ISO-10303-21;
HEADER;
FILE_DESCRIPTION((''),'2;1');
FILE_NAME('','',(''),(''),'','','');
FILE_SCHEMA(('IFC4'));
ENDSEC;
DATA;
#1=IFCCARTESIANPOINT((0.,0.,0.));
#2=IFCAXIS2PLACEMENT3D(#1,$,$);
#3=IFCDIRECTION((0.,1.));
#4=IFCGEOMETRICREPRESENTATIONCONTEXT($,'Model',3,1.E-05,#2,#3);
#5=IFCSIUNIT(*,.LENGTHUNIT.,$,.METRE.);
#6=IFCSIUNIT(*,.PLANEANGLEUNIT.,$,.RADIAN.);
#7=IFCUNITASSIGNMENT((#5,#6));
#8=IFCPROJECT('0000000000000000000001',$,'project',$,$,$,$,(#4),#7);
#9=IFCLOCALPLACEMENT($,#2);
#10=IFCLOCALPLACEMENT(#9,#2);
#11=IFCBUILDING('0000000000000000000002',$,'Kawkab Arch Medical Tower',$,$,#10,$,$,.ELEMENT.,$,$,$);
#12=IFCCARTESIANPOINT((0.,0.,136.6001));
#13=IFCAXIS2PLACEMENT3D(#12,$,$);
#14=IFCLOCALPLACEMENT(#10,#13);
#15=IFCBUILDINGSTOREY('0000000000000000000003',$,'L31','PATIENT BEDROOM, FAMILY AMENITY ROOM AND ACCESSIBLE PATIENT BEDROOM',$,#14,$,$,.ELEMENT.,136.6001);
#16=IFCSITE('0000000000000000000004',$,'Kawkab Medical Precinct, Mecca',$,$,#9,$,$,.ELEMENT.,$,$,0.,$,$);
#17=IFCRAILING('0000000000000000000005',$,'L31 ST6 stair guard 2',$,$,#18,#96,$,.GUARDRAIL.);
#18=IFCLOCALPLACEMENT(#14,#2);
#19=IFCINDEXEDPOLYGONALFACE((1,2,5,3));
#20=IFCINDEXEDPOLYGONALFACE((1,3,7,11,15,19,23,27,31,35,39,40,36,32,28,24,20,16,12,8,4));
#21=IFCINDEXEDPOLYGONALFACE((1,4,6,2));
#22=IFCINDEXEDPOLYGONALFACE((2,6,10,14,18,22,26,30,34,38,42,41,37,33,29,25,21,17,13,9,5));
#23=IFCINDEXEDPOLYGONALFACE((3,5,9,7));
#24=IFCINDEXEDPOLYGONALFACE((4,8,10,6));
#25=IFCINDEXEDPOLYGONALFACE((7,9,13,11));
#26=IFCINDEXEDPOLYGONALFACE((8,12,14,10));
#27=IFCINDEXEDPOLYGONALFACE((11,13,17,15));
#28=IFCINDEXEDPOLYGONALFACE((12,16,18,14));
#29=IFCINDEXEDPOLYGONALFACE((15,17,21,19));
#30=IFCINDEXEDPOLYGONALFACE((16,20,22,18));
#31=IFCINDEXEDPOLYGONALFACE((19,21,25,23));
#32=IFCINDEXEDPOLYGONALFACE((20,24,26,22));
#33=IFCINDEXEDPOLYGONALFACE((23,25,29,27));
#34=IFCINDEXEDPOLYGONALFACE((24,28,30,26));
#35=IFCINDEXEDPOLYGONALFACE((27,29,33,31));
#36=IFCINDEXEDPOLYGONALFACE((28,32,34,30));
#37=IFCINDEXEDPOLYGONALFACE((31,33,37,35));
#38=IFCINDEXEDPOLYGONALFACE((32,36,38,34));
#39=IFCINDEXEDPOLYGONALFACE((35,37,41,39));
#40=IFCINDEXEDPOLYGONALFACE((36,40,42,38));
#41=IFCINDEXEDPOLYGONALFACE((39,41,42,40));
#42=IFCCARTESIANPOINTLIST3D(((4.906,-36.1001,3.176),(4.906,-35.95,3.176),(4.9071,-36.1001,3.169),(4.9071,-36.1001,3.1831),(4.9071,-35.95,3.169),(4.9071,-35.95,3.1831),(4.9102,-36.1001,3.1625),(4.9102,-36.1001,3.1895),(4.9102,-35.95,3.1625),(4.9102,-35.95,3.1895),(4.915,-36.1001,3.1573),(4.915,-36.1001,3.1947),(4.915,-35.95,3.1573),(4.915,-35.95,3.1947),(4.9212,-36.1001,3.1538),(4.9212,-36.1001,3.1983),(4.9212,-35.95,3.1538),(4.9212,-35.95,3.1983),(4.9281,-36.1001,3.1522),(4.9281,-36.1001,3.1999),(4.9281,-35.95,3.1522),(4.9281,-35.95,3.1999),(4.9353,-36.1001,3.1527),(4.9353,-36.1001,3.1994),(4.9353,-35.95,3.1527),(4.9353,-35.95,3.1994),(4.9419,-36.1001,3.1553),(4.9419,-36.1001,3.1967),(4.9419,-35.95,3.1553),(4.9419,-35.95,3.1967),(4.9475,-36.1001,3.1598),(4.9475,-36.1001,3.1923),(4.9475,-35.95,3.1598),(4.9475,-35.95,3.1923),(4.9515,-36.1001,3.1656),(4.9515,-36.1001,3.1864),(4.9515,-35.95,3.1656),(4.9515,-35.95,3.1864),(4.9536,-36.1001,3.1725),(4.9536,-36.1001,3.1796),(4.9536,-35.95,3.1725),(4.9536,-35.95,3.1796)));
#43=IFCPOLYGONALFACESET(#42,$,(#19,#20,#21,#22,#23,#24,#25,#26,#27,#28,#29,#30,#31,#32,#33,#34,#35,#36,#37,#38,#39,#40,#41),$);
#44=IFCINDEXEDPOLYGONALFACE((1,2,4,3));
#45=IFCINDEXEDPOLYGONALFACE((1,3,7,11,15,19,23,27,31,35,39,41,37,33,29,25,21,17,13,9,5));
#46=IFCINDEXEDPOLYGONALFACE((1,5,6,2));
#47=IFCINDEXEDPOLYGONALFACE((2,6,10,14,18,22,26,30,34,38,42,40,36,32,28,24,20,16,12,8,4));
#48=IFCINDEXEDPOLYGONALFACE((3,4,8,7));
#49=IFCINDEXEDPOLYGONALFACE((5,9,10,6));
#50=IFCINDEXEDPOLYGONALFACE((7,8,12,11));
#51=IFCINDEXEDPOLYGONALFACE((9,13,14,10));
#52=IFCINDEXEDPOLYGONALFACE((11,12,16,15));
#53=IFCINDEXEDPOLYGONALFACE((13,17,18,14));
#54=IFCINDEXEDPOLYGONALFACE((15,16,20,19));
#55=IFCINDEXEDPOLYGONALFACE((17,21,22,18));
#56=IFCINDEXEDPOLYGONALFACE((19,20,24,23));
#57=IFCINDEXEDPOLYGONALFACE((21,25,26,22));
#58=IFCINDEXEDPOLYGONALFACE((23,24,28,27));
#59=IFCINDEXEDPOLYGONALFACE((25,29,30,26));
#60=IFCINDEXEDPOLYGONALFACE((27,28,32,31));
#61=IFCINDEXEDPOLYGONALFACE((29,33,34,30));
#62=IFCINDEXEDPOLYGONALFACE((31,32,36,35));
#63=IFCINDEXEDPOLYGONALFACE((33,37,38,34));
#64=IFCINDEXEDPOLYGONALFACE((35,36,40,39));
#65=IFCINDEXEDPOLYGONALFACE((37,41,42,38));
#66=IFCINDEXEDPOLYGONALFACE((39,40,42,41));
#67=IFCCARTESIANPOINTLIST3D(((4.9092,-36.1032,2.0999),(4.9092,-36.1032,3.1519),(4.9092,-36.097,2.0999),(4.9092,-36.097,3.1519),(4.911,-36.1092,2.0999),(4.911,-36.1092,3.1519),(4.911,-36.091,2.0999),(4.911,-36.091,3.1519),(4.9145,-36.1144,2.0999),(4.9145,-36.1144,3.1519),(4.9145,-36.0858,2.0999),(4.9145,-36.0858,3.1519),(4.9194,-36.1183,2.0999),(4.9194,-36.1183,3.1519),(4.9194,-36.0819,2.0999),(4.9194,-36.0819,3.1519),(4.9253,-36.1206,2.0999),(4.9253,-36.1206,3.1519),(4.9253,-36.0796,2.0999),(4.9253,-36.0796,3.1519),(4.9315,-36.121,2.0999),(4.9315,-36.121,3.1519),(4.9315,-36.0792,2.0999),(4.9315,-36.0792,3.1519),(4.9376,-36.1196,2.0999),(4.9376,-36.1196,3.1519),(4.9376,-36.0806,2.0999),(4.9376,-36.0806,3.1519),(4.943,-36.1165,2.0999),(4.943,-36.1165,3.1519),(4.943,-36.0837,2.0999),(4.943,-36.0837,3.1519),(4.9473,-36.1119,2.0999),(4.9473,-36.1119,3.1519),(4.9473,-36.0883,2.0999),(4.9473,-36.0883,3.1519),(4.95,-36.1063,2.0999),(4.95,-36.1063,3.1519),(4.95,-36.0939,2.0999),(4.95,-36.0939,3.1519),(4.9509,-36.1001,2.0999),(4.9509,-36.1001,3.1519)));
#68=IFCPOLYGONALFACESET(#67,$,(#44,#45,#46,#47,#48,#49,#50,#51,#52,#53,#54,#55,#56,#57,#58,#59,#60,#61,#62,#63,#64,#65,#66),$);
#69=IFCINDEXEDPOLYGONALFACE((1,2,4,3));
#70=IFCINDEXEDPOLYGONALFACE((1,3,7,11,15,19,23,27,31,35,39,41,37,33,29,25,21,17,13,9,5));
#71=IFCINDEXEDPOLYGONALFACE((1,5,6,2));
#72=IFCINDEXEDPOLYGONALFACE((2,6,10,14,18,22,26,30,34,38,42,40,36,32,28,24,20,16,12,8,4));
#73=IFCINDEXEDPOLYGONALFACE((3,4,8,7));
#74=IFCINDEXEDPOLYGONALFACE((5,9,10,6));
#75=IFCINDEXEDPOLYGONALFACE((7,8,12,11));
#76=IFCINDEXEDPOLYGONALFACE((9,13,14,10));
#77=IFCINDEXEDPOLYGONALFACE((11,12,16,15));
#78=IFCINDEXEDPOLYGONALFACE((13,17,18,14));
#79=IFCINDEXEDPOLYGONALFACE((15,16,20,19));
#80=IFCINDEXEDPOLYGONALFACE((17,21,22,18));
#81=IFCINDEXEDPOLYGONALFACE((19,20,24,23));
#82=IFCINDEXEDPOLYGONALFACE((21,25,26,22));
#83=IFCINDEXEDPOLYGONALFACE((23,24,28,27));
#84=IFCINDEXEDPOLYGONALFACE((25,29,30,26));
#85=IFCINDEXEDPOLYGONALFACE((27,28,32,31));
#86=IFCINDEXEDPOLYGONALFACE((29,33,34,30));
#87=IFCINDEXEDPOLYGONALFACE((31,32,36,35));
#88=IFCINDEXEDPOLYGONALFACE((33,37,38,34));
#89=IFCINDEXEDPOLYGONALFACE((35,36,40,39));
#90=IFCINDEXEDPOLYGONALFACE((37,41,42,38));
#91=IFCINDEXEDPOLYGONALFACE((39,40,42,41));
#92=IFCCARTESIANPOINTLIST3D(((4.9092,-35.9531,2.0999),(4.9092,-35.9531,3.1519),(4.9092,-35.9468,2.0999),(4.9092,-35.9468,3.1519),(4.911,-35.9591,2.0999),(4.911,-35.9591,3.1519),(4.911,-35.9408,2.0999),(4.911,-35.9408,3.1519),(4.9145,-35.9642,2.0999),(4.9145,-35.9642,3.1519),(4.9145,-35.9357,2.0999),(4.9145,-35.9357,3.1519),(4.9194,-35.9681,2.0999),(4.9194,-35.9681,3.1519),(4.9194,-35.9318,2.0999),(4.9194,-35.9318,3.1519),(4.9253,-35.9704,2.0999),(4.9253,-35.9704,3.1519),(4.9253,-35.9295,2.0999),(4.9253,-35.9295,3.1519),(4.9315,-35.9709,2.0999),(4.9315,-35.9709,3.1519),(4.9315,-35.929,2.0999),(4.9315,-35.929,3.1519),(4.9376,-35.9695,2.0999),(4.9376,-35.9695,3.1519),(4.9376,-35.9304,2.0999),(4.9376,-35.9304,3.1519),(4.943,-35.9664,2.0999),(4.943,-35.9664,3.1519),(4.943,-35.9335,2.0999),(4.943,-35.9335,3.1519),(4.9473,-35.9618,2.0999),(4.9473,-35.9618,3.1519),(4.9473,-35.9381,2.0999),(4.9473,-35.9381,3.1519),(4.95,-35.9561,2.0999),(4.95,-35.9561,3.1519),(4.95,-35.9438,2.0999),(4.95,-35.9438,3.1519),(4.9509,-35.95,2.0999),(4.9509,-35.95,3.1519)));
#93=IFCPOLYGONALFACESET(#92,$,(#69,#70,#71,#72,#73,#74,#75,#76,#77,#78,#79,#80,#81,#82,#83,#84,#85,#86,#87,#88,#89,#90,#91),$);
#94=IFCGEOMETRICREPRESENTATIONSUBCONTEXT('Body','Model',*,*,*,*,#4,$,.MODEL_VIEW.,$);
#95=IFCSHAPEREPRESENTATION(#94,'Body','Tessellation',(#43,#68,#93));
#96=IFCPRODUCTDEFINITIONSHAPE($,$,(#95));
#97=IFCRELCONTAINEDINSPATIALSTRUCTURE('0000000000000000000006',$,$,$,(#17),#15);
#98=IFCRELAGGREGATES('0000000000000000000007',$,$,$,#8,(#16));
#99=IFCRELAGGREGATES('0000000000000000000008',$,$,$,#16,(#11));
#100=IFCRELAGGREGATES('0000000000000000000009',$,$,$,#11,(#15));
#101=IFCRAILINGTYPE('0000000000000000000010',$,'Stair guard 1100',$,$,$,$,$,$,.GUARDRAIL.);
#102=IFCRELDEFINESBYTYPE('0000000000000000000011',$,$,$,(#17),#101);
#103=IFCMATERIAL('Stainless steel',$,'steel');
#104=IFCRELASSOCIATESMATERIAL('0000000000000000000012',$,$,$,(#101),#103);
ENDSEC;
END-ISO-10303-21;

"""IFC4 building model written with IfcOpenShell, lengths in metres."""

from ifc_helpers import new_model, si_unit, direction, frame, origin, origin_2d, place, context, subcontext, project, spatial, circle, extrude, material, type_object, element, save


model = new_model("IFC4")

# Units and contexts
model_context = context("Model", 3, precision=1e-05, world=origin(), true_north=direction((0.0, 1.0)))
body_context = subcontext(model_context, "Body", "Model", "MODEL_VIEW")
ifc_project = project(units=[si_unit("LENGTHUNIT", "METRE"), si_unit("PLANEANGLEUNIT", "RADIAN")], contexts=[model_context])

# Site, building, storey
site_placement = place(None, origin())
site = spatial("IfcSite", under=ifc_project, at=site_placement, Name="Kawkab Medical Precinct, Mecca", CompositionType="ELEMENT", RefElevation=0.0)
building_placement = place(site_placement, origin())
building = spatial("IfcBuilding", under=site, at=building_placement, Name="Kawkab Arch Medical Tower", CompositionType="ELEMENT")
storey_placement = place(building_placement, frame((0.0, 0.0, 136.6001)))
storey = spatial("IfcBuildingStorey", under=building, at=storey_placement, Name="L31", Description="PATIENT BEDROOM, FAMILY AMENITY ROOM AND ACCESSIBLE PATIENT BEDROOM", CompositionType="ELEMENT", Elevation=136.6001)

# Railing
ifc_material_1 = material(Name="Stainless steel", Category="steel")
railing_type = type_object("IfcRailingType", Name="Stair guard 1100", PredefinedType="GUARDRAIL", material=ifc_material_1)
railing_1_placement = place(storey_placement, frame((4.9299, -36.1001, 2.0999)))
element("IfcRailing", 1, at=railing_1_placement, inside=storey, type_object=railing_type, Name="L31 ST6 stair guard 2", PredefinedType="GUARDRAIL", context=body_context, shape_type="SweptSolid", body=[
    extrude(circle(Radius=0.0239, at=origin_2d()), frame((0.0, 0.0, 1.0762), z_axis=(0.0, 1.0, 0.0), x_axis=(-1.0, 0.0, 0.0)), (0.0, 0.0, 1.0), 0.1501),
    extrude(circle(Radius=0.021, at=origin_2d()), origin(), (0.0, 0.0, 1.0), 1.052),
    extrude(circle(Radius=0.021, at=origin_2d()), frame((0.0, 0.1501, 0.0)), (0.0, 0.0, 1.0), 1.052),
])

save(model, "model.ifc")
